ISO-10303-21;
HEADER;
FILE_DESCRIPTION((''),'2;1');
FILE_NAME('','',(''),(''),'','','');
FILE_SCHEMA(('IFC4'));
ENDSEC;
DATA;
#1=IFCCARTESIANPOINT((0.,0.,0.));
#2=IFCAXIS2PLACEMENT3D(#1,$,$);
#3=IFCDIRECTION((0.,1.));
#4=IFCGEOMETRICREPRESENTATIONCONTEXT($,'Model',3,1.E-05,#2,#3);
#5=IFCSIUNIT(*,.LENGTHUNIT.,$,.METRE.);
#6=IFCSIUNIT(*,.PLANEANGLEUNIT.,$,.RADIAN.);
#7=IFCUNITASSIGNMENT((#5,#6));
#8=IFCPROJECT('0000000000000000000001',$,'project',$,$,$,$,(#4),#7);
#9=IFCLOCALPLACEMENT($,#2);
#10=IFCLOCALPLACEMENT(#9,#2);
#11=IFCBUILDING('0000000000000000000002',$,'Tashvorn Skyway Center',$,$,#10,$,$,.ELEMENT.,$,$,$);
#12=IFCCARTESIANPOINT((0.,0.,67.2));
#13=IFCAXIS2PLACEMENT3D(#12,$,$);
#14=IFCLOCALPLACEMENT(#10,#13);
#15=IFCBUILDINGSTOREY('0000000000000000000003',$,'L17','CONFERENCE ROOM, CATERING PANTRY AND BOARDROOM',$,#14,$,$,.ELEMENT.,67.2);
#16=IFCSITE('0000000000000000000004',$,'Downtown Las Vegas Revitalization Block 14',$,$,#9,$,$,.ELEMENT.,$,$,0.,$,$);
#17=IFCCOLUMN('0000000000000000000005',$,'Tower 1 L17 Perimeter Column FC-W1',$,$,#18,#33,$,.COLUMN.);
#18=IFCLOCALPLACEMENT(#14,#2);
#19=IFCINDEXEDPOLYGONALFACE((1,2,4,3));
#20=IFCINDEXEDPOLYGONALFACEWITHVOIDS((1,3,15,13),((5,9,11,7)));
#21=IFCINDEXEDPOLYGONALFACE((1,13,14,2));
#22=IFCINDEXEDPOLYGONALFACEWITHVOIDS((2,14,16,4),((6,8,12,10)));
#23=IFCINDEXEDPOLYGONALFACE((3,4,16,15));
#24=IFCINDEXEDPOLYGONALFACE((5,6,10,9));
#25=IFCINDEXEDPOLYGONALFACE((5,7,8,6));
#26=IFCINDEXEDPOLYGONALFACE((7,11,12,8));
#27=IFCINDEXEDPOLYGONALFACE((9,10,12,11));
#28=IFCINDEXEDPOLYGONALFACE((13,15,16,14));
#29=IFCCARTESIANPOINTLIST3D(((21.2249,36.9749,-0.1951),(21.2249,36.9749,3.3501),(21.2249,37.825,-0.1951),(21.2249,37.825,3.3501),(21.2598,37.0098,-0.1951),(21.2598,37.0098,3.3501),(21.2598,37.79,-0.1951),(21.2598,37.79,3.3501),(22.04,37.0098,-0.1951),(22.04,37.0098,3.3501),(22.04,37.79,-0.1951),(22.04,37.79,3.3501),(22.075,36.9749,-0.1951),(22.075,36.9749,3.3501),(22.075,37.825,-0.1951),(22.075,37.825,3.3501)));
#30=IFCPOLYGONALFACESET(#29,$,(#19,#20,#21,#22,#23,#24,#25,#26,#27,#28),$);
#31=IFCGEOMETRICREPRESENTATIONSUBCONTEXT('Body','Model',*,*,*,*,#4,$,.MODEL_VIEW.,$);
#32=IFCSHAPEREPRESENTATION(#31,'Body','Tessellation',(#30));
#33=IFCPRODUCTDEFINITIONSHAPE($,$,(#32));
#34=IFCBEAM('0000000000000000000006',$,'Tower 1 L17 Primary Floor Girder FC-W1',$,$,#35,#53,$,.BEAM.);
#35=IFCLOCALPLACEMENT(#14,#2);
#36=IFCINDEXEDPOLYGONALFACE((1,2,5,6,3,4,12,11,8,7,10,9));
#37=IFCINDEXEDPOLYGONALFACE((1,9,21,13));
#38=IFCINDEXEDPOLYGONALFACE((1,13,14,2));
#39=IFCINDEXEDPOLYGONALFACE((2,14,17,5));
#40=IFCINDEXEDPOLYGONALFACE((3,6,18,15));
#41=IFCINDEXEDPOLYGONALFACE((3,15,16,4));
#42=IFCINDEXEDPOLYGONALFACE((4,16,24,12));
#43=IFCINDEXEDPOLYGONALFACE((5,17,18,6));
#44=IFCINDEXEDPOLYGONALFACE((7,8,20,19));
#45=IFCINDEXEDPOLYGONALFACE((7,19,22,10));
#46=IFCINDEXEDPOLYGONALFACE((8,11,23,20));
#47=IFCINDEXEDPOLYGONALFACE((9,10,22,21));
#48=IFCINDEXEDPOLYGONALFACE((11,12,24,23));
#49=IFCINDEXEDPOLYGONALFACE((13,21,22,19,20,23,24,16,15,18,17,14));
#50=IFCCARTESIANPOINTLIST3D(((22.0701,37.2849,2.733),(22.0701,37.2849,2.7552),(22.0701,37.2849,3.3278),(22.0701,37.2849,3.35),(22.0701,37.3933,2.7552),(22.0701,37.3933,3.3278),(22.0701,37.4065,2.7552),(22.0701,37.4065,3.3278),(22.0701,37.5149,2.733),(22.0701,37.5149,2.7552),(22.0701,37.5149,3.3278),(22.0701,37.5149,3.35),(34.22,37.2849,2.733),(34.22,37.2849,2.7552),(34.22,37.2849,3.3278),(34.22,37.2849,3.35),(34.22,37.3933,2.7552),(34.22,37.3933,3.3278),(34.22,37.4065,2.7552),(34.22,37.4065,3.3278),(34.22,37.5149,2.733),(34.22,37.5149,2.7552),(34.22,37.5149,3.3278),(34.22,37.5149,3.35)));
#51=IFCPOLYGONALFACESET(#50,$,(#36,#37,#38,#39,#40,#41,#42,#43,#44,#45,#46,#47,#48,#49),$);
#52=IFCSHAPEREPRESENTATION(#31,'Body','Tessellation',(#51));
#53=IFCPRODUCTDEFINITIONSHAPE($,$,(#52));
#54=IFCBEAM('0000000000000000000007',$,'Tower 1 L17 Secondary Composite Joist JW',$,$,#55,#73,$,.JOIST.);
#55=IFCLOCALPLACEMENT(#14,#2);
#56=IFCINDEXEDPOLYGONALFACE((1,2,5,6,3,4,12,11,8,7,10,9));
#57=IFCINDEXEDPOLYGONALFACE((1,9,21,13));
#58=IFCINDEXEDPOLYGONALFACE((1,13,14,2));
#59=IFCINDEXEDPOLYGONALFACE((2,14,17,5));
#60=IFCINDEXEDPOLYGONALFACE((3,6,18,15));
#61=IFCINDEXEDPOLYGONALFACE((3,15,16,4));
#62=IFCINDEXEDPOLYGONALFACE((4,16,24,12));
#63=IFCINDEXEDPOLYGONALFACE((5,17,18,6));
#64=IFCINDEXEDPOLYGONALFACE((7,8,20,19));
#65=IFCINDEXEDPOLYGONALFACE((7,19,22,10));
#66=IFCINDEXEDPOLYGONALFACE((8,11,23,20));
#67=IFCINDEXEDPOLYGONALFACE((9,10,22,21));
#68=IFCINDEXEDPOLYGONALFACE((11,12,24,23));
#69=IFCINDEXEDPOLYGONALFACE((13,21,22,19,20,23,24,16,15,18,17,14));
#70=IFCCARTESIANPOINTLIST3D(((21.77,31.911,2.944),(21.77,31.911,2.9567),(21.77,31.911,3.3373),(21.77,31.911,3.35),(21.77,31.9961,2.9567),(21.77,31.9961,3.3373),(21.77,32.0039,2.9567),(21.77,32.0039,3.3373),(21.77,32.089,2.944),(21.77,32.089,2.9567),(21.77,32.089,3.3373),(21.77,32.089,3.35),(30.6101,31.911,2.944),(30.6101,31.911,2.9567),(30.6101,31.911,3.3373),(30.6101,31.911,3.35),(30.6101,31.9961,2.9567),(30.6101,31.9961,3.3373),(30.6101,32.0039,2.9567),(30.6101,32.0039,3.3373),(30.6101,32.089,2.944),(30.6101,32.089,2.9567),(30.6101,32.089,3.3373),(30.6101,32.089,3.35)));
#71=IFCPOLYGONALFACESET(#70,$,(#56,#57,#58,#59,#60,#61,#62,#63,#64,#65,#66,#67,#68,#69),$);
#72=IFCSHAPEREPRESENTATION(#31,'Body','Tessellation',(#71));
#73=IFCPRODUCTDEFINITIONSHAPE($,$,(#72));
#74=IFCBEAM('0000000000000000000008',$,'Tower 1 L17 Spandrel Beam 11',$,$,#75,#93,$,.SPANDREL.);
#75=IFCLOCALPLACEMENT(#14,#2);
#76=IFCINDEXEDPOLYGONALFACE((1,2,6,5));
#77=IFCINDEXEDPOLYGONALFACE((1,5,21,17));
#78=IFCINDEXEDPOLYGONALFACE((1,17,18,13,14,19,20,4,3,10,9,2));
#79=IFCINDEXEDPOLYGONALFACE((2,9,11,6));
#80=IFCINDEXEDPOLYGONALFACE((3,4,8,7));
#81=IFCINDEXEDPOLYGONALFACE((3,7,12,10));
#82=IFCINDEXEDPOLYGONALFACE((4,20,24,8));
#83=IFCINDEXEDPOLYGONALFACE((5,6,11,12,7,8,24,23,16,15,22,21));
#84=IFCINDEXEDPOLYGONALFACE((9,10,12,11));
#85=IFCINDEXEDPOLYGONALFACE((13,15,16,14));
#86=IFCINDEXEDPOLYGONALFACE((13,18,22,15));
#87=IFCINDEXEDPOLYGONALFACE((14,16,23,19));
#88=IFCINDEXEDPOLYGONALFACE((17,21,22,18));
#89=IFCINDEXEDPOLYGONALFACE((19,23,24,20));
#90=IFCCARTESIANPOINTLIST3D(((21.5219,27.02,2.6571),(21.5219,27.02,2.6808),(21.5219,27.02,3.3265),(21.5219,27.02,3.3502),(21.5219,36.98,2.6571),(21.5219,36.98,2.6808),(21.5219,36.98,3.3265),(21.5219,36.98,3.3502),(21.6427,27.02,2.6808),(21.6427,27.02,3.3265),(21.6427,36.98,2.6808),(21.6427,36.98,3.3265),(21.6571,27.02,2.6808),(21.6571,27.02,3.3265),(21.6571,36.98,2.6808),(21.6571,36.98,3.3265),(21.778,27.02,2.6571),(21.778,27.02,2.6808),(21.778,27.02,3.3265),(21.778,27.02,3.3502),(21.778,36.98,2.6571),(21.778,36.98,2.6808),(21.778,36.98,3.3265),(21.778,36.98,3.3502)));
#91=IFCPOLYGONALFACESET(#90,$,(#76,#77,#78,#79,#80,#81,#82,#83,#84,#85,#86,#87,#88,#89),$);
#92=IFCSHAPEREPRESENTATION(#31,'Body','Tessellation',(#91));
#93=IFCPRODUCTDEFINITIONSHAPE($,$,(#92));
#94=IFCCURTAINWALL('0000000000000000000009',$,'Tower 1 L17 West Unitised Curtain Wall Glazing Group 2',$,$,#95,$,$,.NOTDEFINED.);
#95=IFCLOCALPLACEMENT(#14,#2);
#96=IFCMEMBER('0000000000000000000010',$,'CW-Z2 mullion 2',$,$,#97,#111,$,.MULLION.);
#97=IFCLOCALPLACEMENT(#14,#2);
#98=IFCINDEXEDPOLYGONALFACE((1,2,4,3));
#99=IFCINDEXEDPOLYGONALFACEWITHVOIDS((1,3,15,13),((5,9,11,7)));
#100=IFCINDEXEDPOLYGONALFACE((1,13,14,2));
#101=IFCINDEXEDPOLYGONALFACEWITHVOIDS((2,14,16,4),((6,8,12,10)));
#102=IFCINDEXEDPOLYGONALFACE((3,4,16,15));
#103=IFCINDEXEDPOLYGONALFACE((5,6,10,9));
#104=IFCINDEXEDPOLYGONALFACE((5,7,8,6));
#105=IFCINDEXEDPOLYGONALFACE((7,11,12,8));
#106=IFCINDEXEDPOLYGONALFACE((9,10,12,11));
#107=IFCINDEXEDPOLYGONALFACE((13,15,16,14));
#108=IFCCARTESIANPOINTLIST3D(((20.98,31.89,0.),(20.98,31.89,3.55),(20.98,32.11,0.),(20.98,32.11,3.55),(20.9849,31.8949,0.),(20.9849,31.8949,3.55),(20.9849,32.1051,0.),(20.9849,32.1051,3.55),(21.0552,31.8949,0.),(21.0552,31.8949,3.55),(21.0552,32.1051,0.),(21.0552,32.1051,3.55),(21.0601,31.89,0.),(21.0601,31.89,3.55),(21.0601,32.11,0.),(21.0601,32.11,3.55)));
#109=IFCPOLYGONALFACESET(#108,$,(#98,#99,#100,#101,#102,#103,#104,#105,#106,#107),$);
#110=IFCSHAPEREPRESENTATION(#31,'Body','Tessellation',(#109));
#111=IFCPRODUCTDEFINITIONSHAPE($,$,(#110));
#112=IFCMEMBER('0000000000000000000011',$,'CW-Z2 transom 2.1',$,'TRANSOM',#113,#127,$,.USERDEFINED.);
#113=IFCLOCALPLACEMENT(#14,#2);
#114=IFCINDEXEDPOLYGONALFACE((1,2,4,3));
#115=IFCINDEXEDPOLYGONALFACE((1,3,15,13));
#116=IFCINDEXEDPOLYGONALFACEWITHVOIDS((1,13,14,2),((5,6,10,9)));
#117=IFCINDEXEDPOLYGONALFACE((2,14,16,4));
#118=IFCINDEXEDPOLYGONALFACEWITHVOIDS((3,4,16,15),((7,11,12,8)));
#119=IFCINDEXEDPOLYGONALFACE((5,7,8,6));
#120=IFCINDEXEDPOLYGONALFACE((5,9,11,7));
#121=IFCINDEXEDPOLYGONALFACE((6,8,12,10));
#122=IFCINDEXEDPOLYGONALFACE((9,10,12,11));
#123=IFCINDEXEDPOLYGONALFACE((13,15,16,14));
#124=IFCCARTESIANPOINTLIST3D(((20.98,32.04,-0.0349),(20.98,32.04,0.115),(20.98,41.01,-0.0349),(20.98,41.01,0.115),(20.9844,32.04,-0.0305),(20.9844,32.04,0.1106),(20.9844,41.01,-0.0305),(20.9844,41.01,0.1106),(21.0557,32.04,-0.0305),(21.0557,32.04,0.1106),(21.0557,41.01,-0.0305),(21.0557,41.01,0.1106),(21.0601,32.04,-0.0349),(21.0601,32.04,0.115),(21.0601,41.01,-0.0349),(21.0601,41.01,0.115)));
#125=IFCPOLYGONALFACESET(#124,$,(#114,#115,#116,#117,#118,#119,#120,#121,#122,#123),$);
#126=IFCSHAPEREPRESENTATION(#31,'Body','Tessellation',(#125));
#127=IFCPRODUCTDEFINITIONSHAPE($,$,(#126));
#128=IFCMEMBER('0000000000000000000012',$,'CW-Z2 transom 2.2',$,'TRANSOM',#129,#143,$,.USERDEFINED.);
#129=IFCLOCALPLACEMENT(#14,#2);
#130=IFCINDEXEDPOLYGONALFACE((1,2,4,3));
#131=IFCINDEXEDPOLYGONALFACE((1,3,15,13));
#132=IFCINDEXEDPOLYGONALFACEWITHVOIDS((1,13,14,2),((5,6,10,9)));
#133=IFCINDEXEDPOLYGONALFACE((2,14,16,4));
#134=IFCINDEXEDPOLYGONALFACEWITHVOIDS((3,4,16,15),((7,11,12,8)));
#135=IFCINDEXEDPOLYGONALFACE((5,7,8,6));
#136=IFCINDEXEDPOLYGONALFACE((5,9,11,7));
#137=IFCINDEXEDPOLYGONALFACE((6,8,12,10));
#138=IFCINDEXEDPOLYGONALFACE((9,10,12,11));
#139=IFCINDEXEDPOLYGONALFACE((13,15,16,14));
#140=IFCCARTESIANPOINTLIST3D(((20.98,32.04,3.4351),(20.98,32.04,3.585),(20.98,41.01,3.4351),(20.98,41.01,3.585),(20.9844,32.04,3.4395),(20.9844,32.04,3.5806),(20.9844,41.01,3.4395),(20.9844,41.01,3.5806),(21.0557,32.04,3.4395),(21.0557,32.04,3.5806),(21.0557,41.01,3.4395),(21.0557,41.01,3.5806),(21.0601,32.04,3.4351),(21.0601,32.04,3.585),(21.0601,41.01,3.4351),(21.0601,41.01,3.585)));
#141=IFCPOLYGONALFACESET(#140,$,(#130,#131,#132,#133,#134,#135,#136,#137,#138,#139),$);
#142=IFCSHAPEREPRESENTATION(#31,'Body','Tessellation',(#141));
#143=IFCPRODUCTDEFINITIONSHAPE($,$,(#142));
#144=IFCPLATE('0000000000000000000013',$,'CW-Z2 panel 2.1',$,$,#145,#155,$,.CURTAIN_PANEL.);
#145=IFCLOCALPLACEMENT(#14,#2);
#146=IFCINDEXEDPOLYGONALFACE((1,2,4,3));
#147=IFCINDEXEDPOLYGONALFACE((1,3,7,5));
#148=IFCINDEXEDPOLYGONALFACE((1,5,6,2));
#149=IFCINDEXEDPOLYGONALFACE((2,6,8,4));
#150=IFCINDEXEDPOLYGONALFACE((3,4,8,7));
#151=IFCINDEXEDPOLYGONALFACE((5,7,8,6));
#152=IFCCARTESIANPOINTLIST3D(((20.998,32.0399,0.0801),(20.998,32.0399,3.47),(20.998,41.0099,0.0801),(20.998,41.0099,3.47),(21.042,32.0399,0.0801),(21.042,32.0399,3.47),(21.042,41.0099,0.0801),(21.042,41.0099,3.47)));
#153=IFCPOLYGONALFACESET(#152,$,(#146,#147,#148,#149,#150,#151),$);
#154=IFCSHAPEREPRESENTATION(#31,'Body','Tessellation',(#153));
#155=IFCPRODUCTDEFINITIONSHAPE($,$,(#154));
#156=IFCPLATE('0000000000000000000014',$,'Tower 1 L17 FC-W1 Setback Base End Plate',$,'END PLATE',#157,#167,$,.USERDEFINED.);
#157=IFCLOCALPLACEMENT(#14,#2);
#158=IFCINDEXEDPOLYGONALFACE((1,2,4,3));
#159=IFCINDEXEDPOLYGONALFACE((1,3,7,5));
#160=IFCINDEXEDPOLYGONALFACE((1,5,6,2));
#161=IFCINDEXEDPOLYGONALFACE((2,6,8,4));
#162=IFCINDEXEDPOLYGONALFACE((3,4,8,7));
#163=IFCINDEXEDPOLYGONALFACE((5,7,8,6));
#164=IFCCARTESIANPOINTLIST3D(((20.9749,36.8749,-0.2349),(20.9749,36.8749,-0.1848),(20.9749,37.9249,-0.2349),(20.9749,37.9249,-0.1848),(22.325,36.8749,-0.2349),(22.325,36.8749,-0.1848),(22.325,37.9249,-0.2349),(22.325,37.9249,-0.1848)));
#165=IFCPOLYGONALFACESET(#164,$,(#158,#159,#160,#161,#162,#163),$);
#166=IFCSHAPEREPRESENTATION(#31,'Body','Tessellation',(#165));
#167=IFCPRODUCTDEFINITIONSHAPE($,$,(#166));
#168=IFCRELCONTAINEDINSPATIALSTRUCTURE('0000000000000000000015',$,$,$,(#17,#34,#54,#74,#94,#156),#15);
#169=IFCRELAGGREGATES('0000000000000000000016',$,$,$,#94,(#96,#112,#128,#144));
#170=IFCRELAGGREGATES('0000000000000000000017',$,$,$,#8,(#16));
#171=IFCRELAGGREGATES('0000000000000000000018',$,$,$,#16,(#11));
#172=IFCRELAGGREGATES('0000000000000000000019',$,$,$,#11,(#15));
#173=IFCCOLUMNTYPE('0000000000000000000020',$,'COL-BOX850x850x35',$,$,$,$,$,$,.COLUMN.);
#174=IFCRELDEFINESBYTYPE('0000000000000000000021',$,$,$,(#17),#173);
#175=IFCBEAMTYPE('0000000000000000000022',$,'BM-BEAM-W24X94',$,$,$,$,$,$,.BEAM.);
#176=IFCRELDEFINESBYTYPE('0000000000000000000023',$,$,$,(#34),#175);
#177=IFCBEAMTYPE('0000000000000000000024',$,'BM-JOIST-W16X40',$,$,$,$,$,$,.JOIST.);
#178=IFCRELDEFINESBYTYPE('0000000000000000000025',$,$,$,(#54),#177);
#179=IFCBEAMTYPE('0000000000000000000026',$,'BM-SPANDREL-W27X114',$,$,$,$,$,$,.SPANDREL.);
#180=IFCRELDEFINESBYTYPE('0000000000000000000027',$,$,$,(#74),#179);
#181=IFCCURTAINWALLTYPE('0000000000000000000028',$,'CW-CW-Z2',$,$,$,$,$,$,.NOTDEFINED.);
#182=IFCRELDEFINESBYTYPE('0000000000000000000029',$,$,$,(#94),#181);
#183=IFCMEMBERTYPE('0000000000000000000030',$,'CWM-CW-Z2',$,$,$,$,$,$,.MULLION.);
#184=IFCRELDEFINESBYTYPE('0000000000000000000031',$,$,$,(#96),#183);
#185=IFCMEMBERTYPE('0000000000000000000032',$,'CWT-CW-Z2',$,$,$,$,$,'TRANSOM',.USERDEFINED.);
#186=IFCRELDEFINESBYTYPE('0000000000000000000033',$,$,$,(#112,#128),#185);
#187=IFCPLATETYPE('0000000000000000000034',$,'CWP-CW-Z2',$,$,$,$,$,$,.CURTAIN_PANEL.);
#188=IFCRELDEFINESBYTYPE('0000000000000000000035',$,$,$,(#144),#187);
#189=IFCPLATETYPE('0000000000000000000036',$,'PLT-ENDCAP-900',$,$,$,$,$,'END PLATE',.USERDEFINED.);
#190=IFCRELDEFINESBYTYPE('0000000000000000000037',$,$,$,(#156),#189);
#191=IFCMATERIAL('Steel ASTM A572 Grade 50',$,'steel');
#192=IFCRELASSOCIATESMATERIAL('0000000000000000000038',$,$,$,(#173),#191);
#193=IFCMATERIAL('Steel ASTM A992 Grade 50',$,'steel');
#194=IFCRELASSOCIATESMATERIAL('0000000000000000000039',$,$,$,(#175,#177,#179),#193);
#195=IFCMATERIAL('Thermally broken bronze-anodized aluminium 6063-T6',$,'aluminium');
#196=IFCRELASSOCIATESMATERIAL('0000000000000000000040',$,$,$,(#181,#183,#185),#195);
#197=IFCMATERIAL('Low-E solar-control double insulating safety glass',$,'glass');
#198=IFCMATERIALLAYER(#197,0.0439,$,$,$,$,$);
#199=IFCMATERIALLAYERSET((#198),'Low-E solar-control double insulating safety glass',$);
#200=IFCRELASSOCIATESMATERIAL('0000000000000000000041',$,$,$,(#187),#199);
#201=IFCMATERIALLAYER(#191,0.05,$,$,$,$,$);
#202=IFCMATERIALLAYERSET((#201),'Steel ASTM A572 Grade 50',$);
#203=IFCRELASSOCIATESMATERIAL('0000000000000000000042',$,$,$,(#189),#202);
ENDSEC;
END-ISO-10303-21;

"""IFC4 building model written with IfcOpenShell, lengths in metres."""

from ifc_helpers import new_model, si_unit, direction, frame, origin, origin_2d, place, context, subcontext, project, spatial, rectangle, hollow_rectangle, i_section, extrude, material, layer, layer_set, material_profile, profile_set, type_object, element, aggregate, save


model = new_model("IFC4")

# Units and contexts
model_context = context("Model", 3, precision=1e-05, world=origin(), true_north=direction((0.0, 1.0)))
body_context = subcontext(model_context, "Body", "Model", "MODEL_VIEW")
ifc_project = project(units=[si_unit("LENGTHUNIT", "METRE"), si_unit("PLANEANGLEUNIT", "RADIAN")], contexts=[model_context])

# Site, building, storey
site_placement = place(None, origin())
site = spatial("IfcSite", under=ifc_project, at=site_placement, Name="Downtown Las Vegas Revitalization Block 14", CompositionType="ELEMENT", RefElevation=0.0)
building_placement = place(site_placement, origin())
building = spatial("IfcBuilding", under=site, at=building_placement, Name="Tashvorn Skyway Center", CompositionType="ELEMENT")
storey_placement = place(building_placement, frame((0.0, 0.0, 67.2)))
storey = spatial("IfcBuildingStorey", under=building, at=storey_placement, Name="L17", Description="CONFERENCE ROOM, CATERING PANTRY AND BOARDROOM", CompositionType="ELEMENT", Elevation=67.2)

# Column
ifc_material_1 = material(Name="Steel ASTM A572 Grade 50", Category="steel")
ifc_material_profile_1 = material_profile(ifc_material_1, hollow_rectangle(XDim=0.8501, YDim=0.8501, WallThickness=0.0349, at=origin_2d()), Name="BOX850x850x35")
ifc_profile_set_1 = profile_set([ifc_material_profile_1], Name="Steel ASTM A572 Grade 50")
column_type = type_object("IfcColumnType", Name="COL-BOX850x850x35", PredefinedType="COLUMN", material=ifc_profile_set_1)
column_placement = place(storey_placement, frame((21.6499, 37.3999, -0.1951), z_axis=(0.0, 0.0, 1.0), x_axis=(1.0, 0.0, 0.0)))
element("IfcColumn", 1, at=column_placement, inside=storey, type_object=column_type, Name="Tower 1 L17 Perimeter Column FC-W1", PredefinedType="COLUMN", context=body_context, shape_type="SweptSolid", body=[
    extrude(hollow_rectangle(XDim=0.8501, YDim=0.8501, WallThickness=0.0349, at=origin_2d()), origin(), (0.0, 0.0, 1.0), 3.5452),
])

# Beams
ifc_material_2 = material(Name="Steel ASTM A992 Grade 50", Category="steel")
ifc_material_profile_2 = material_profile(ifc_material_2, i_section(OverallWidth=0.23, OverallDepth=0.6169, WebThickness=0.0132, FlangeThickness=0.0222, at=origin_2d()), Name="W24X94")
ifc_profile_set_2 = profile_set([ifc_material_profile_2], Name="Steel ASTM A992 Grade 50")
beam_type_1 = type_object("IfcBeamType", Name="BM-BEAM-W24X94", PredefinedType="BEAM", material=ifc_profile_set_2)
beam_1_placement = place(storey_placement, frame((22.0701, 37.3999, 3.0415), z_axis=(1.0, 0.0, 0.0), x_axis=(0.0, 1.0, 0.0)))
element("IfcBeam", 2, at=beam_1_placement, inside=storey, type_object=beam_type_1, Name="Tower 1 L17 Primary Floor Girder FC-W1", PredefinedType="BEAM", context=body_context, shape_type="SweptSolid", body=[
    extrude(i_section(OverallWidth=0.23, OverallDepth=0.6169, WebThickness=0.0132, FlangeThickness=0.0222, at=origin_2d()), origin(), (0.0, 0.0, 1.0), 12.1499),
])
ifc_material_profile_3 = material_profile(ifc_material_2, i_section(OverallWidth=0.178, OverallDepth=0.406, WebThickness=0.0078, FlangeThickness=0.0127, at=origin_2d()), Name="W16X40")
ifc_profile_set_3 = profile_set([ifc_material_profile_3], Name="Steel ASTM A992 Grade 50")
beam_type_2 = type_object("IfcBeamType", Name="BM-JOIST-W16X40", PredefinedType="JOIST", material=ifc_profile_set_3)
beam_2_placement = place(storey_placement, frame((30.6101, 32.0, 3.147), z_axis=(-1.0, 0.0, 0.0), x_axis=(0.0, -1.0, 0.0)))
element("IfcBeam", 3, at=beam_2_placement, inside=storey, type_object=beam_type_2, Name="Tower 1 L17 Secondary Composite Joist JW", PredefinedType="JOIST", context=body_context, shape_type="SweptSolid", body=[
    extrude(i_section(OverallWidth=0.178, OverallDepth=0.406, WebThickness=0.0078, FlangeThickness=0.0127, at=origin_2d()), origin(), (0.0, 0.0, 1.0), 8.8401),
])
ifc_material_profile_4 = material_profile(ifc_material_2, i_section(OverallWidth=0.2561, OverallDepth=0.6931, WebThickness=0.0144, FlangeThickness=0.0237, at=origin_2d()), Name="W27X114")
ifc_profile_set_4 = profile_set([ifc_material_profile_4], Name="Steel ASTM A992 Grade 50")
beam_type_3 = type_object("IfcBeamType", Name="BM-SPANDREL-W27X114", PredefinedType="SPANDREL", material=ifc_profile_set_4)
beam_3_placement = place(storey_placement, frame((21.6499, 36.98, 3.0037), z_axis=(0.0, -1.0, 0.0), x_axis=(1.0, 0.0, 0.0)))
element("IfcBeam", 4, at=beam_3_placement, inside=storey, type_object=beam_type_3, Name="Tower 1 L17 Spandrel Beam 11", PredefinedType="SPANDREL", context=body_context, shape_type="SweptSolid", body=[
    extrude(i_section(OverallWidth=0.2561, OverallDepth=0.6931, WebThickness=0.0144, FlangeThickness=0.0237, at=origin_2d()), origin(), (0.0, 0.0, 1.0), 9.96),
])

# Curtain wall, members, plate
ifc_material_3 = material(Name="Thermally broken bronze-anodized aluminium 6063-T6", Category="aluminium")
curtain_wall_type = type_object("IfcCurtainWallType", Name="CW-CW-Z2", PredefinedType="NOTDEFINED", material=ifc_material_3)
curtain_wall_placement = place(storey_placement, origin())
curtain_wall = element("IfcCurtainWall", 5, at=curtain_wall_placement, inside=storey, type_object=curtain_wall_type, Name="Tower 1 L17 West Unitised Curtain Wall Glazing Group 2", PredefinedType="NOTDEFINED")
ifc_material_profile_5 = material_profile(ifc_material_3, hollow_rectangle(XDim=0.0801, YDim=0.22, WallThickness=0.0049, at=origin_2d()), Name="ALU-MULL-80x220")
ifc_profile_set_5 = profile_set([ifc_material_profile_5], Name="Thermally broken bronze-anodized aluminium 6063-T6")
member_type_1 = type_object("IfcMemberType", Name="CWM-CW-Z2", PredefinedType="MULLION", material=ifc_profile_set_5)
member_1_placement = place(storey_placement, frame((21.02, 32.0, 0.0), z_axis=(0.0, 0.0, 1.0), x_axis=(-1.0, 0.0, 0.0)))
member_1 = element("IfcMember", 6, at=member_1_placement, type_object=member_type_1, Name="CW-Z2 mullion 2", PredefinedType="MULLION", context=body_context, shape_type="SweptSolid", body=[
    extrude(hollow_rectangle(XDim=0.0801, YDim=0.22, WallThickness=0.0049, at=origin_2d()), origin(), (0.0, 0.0, 1.0), 3.55),
])
ifc_material_profile_6 = material_profile(ifc_material_3, hollow_rectangle(XDim=0.0801, YDim=0.1499, WallThickness=0.0044, at=origin_2d()), Name="ALU-TRAN-80x150")
ifc_profile_set_6 = profile_set([ifc_material_profile_6], Name="Thermally broken bronze-anodized aluminium 6063-T6")
member_type_2 = type_object("IfcMemberType", Name="CWT-CW-Z2", ElementType="TRANSOM", PredefinedType="USERDEFINED", material=ifc_profile_set_6)
member_2_placement = place(storey_placement, frame((21.02, 32.04, 0.04), z_axis=(0.0, 1.0, 0.0), x_axis=(-1.0, 0.0, 0.0)))
member_2 = element("IfcMember", 7, at=member_2_placement, type_object=member_type_2, Name="CW-Z2 transom 2.1", ObjectType="TRANSOM", PredefinedType="USERDEFINED", context=body_context, shape_type="SweptSolid", body=[
    extrude(hollow_rectangle(XDim=0.0801, YDim=0.1499, WallThickness=0.0044, at=origin_2d()), origin(), (0.0, 0.0, 1.0), 8.97),
])
member_3_placement = place(storey_placement, frame((21.02, 32.04, 3.51), z_axis=(0.0, 1.0, 0.0), x_axis=(-1.0, 0.0, 0.0)))
member_3 = element("IfcMember", 8, at=member_3_placement, type_object=member_type_2, Name="CW-Z2 transom 2.2", ObjectType="TRANSOM", PredefinedType="USERDEFINED", context=body_context, shape_type="SweptSolid", body=[
    extrude(hollow_rectangle(XDim=0.0801, YDim=0.1499, WallThickness=0.0044, at=origin_2d()), origin(), (0.0, 0.0, 1.0), 8.97),
])
ifc_material_4 = material(Name="Low-E solar-control double insulating safety glass", Category="glass")
ifc_layer_1 = layer(ifc_material_4, 0.0439)
ifc_layer_set_1 = layer_set([ifc_layer_1], Name="Low-E solar-control double insulating safety glass")
plate_type_1 = type_object("IfcPlateType", Name="CWP-CW-Z2", PredefinedType="CURTAIN_PANEL", material=ifc_layer_set_1)
plate_1_placement = place(storey_placement, frame((21.02, 36.5249, 0.0801), z_axis=(0.0, 0.0, 1.0), x_axis=(0.0, 1.0, 0.0)))
plate_1 = element("IfcPlate", 9, at=plate_1_placement, type_object=plate_type_1, Name="CW-Z2 panel 2.1", PredefinedType="CURTAIN_PANEL", context=body_context, shape_type="SweptSolid", body=[
    extrude(rectangle(XDim=8.97, YDim=0.0439, at=origin_2d()), origin(), (0.0, 0.0, 1.0), 3.3899),
])
aggregate(curtain_wall, [member_1, member_2, member_3, plate_1])

# Plate
ifc_layer_2 = layer(ifc_material_1, 0.05)
ifc_layer_set_2 = layer_set([ifc_layer_2], Name="Steel ASTM A572 Grade 50")
plate_type_2 = type_object("IfcPlateType", Name="PLT-ENDCAP-900", ElementType="END PLATE", PredefinedType="USERDEFINED", material=ifc_layer_set_2)
plate_2_placement = place(storey_placement, frame((21.6499, 37.3999, -0.2349), z_axis=(0.0, 0.0, 1.0), x_axis=(1.0, 0.0, 0.0)))
element("IfcPlate", 10, at=plate_2_placement, inside=storey, type_object=plate_type_2, Name="Tower 1 L17 FC-W1 Setback Base End Plate", ObjectType="END PLATE", PredefinedType="USERDEFINED", context=body_context, shape_type="SweptSolid", body=[
    extrude(rectangle(XDim=1.3501, YDim=1.05, at=origin_2d()), origin(), (0.0, 0.0, 1.0), 0.05),
])

save(model, "model.ifc")
